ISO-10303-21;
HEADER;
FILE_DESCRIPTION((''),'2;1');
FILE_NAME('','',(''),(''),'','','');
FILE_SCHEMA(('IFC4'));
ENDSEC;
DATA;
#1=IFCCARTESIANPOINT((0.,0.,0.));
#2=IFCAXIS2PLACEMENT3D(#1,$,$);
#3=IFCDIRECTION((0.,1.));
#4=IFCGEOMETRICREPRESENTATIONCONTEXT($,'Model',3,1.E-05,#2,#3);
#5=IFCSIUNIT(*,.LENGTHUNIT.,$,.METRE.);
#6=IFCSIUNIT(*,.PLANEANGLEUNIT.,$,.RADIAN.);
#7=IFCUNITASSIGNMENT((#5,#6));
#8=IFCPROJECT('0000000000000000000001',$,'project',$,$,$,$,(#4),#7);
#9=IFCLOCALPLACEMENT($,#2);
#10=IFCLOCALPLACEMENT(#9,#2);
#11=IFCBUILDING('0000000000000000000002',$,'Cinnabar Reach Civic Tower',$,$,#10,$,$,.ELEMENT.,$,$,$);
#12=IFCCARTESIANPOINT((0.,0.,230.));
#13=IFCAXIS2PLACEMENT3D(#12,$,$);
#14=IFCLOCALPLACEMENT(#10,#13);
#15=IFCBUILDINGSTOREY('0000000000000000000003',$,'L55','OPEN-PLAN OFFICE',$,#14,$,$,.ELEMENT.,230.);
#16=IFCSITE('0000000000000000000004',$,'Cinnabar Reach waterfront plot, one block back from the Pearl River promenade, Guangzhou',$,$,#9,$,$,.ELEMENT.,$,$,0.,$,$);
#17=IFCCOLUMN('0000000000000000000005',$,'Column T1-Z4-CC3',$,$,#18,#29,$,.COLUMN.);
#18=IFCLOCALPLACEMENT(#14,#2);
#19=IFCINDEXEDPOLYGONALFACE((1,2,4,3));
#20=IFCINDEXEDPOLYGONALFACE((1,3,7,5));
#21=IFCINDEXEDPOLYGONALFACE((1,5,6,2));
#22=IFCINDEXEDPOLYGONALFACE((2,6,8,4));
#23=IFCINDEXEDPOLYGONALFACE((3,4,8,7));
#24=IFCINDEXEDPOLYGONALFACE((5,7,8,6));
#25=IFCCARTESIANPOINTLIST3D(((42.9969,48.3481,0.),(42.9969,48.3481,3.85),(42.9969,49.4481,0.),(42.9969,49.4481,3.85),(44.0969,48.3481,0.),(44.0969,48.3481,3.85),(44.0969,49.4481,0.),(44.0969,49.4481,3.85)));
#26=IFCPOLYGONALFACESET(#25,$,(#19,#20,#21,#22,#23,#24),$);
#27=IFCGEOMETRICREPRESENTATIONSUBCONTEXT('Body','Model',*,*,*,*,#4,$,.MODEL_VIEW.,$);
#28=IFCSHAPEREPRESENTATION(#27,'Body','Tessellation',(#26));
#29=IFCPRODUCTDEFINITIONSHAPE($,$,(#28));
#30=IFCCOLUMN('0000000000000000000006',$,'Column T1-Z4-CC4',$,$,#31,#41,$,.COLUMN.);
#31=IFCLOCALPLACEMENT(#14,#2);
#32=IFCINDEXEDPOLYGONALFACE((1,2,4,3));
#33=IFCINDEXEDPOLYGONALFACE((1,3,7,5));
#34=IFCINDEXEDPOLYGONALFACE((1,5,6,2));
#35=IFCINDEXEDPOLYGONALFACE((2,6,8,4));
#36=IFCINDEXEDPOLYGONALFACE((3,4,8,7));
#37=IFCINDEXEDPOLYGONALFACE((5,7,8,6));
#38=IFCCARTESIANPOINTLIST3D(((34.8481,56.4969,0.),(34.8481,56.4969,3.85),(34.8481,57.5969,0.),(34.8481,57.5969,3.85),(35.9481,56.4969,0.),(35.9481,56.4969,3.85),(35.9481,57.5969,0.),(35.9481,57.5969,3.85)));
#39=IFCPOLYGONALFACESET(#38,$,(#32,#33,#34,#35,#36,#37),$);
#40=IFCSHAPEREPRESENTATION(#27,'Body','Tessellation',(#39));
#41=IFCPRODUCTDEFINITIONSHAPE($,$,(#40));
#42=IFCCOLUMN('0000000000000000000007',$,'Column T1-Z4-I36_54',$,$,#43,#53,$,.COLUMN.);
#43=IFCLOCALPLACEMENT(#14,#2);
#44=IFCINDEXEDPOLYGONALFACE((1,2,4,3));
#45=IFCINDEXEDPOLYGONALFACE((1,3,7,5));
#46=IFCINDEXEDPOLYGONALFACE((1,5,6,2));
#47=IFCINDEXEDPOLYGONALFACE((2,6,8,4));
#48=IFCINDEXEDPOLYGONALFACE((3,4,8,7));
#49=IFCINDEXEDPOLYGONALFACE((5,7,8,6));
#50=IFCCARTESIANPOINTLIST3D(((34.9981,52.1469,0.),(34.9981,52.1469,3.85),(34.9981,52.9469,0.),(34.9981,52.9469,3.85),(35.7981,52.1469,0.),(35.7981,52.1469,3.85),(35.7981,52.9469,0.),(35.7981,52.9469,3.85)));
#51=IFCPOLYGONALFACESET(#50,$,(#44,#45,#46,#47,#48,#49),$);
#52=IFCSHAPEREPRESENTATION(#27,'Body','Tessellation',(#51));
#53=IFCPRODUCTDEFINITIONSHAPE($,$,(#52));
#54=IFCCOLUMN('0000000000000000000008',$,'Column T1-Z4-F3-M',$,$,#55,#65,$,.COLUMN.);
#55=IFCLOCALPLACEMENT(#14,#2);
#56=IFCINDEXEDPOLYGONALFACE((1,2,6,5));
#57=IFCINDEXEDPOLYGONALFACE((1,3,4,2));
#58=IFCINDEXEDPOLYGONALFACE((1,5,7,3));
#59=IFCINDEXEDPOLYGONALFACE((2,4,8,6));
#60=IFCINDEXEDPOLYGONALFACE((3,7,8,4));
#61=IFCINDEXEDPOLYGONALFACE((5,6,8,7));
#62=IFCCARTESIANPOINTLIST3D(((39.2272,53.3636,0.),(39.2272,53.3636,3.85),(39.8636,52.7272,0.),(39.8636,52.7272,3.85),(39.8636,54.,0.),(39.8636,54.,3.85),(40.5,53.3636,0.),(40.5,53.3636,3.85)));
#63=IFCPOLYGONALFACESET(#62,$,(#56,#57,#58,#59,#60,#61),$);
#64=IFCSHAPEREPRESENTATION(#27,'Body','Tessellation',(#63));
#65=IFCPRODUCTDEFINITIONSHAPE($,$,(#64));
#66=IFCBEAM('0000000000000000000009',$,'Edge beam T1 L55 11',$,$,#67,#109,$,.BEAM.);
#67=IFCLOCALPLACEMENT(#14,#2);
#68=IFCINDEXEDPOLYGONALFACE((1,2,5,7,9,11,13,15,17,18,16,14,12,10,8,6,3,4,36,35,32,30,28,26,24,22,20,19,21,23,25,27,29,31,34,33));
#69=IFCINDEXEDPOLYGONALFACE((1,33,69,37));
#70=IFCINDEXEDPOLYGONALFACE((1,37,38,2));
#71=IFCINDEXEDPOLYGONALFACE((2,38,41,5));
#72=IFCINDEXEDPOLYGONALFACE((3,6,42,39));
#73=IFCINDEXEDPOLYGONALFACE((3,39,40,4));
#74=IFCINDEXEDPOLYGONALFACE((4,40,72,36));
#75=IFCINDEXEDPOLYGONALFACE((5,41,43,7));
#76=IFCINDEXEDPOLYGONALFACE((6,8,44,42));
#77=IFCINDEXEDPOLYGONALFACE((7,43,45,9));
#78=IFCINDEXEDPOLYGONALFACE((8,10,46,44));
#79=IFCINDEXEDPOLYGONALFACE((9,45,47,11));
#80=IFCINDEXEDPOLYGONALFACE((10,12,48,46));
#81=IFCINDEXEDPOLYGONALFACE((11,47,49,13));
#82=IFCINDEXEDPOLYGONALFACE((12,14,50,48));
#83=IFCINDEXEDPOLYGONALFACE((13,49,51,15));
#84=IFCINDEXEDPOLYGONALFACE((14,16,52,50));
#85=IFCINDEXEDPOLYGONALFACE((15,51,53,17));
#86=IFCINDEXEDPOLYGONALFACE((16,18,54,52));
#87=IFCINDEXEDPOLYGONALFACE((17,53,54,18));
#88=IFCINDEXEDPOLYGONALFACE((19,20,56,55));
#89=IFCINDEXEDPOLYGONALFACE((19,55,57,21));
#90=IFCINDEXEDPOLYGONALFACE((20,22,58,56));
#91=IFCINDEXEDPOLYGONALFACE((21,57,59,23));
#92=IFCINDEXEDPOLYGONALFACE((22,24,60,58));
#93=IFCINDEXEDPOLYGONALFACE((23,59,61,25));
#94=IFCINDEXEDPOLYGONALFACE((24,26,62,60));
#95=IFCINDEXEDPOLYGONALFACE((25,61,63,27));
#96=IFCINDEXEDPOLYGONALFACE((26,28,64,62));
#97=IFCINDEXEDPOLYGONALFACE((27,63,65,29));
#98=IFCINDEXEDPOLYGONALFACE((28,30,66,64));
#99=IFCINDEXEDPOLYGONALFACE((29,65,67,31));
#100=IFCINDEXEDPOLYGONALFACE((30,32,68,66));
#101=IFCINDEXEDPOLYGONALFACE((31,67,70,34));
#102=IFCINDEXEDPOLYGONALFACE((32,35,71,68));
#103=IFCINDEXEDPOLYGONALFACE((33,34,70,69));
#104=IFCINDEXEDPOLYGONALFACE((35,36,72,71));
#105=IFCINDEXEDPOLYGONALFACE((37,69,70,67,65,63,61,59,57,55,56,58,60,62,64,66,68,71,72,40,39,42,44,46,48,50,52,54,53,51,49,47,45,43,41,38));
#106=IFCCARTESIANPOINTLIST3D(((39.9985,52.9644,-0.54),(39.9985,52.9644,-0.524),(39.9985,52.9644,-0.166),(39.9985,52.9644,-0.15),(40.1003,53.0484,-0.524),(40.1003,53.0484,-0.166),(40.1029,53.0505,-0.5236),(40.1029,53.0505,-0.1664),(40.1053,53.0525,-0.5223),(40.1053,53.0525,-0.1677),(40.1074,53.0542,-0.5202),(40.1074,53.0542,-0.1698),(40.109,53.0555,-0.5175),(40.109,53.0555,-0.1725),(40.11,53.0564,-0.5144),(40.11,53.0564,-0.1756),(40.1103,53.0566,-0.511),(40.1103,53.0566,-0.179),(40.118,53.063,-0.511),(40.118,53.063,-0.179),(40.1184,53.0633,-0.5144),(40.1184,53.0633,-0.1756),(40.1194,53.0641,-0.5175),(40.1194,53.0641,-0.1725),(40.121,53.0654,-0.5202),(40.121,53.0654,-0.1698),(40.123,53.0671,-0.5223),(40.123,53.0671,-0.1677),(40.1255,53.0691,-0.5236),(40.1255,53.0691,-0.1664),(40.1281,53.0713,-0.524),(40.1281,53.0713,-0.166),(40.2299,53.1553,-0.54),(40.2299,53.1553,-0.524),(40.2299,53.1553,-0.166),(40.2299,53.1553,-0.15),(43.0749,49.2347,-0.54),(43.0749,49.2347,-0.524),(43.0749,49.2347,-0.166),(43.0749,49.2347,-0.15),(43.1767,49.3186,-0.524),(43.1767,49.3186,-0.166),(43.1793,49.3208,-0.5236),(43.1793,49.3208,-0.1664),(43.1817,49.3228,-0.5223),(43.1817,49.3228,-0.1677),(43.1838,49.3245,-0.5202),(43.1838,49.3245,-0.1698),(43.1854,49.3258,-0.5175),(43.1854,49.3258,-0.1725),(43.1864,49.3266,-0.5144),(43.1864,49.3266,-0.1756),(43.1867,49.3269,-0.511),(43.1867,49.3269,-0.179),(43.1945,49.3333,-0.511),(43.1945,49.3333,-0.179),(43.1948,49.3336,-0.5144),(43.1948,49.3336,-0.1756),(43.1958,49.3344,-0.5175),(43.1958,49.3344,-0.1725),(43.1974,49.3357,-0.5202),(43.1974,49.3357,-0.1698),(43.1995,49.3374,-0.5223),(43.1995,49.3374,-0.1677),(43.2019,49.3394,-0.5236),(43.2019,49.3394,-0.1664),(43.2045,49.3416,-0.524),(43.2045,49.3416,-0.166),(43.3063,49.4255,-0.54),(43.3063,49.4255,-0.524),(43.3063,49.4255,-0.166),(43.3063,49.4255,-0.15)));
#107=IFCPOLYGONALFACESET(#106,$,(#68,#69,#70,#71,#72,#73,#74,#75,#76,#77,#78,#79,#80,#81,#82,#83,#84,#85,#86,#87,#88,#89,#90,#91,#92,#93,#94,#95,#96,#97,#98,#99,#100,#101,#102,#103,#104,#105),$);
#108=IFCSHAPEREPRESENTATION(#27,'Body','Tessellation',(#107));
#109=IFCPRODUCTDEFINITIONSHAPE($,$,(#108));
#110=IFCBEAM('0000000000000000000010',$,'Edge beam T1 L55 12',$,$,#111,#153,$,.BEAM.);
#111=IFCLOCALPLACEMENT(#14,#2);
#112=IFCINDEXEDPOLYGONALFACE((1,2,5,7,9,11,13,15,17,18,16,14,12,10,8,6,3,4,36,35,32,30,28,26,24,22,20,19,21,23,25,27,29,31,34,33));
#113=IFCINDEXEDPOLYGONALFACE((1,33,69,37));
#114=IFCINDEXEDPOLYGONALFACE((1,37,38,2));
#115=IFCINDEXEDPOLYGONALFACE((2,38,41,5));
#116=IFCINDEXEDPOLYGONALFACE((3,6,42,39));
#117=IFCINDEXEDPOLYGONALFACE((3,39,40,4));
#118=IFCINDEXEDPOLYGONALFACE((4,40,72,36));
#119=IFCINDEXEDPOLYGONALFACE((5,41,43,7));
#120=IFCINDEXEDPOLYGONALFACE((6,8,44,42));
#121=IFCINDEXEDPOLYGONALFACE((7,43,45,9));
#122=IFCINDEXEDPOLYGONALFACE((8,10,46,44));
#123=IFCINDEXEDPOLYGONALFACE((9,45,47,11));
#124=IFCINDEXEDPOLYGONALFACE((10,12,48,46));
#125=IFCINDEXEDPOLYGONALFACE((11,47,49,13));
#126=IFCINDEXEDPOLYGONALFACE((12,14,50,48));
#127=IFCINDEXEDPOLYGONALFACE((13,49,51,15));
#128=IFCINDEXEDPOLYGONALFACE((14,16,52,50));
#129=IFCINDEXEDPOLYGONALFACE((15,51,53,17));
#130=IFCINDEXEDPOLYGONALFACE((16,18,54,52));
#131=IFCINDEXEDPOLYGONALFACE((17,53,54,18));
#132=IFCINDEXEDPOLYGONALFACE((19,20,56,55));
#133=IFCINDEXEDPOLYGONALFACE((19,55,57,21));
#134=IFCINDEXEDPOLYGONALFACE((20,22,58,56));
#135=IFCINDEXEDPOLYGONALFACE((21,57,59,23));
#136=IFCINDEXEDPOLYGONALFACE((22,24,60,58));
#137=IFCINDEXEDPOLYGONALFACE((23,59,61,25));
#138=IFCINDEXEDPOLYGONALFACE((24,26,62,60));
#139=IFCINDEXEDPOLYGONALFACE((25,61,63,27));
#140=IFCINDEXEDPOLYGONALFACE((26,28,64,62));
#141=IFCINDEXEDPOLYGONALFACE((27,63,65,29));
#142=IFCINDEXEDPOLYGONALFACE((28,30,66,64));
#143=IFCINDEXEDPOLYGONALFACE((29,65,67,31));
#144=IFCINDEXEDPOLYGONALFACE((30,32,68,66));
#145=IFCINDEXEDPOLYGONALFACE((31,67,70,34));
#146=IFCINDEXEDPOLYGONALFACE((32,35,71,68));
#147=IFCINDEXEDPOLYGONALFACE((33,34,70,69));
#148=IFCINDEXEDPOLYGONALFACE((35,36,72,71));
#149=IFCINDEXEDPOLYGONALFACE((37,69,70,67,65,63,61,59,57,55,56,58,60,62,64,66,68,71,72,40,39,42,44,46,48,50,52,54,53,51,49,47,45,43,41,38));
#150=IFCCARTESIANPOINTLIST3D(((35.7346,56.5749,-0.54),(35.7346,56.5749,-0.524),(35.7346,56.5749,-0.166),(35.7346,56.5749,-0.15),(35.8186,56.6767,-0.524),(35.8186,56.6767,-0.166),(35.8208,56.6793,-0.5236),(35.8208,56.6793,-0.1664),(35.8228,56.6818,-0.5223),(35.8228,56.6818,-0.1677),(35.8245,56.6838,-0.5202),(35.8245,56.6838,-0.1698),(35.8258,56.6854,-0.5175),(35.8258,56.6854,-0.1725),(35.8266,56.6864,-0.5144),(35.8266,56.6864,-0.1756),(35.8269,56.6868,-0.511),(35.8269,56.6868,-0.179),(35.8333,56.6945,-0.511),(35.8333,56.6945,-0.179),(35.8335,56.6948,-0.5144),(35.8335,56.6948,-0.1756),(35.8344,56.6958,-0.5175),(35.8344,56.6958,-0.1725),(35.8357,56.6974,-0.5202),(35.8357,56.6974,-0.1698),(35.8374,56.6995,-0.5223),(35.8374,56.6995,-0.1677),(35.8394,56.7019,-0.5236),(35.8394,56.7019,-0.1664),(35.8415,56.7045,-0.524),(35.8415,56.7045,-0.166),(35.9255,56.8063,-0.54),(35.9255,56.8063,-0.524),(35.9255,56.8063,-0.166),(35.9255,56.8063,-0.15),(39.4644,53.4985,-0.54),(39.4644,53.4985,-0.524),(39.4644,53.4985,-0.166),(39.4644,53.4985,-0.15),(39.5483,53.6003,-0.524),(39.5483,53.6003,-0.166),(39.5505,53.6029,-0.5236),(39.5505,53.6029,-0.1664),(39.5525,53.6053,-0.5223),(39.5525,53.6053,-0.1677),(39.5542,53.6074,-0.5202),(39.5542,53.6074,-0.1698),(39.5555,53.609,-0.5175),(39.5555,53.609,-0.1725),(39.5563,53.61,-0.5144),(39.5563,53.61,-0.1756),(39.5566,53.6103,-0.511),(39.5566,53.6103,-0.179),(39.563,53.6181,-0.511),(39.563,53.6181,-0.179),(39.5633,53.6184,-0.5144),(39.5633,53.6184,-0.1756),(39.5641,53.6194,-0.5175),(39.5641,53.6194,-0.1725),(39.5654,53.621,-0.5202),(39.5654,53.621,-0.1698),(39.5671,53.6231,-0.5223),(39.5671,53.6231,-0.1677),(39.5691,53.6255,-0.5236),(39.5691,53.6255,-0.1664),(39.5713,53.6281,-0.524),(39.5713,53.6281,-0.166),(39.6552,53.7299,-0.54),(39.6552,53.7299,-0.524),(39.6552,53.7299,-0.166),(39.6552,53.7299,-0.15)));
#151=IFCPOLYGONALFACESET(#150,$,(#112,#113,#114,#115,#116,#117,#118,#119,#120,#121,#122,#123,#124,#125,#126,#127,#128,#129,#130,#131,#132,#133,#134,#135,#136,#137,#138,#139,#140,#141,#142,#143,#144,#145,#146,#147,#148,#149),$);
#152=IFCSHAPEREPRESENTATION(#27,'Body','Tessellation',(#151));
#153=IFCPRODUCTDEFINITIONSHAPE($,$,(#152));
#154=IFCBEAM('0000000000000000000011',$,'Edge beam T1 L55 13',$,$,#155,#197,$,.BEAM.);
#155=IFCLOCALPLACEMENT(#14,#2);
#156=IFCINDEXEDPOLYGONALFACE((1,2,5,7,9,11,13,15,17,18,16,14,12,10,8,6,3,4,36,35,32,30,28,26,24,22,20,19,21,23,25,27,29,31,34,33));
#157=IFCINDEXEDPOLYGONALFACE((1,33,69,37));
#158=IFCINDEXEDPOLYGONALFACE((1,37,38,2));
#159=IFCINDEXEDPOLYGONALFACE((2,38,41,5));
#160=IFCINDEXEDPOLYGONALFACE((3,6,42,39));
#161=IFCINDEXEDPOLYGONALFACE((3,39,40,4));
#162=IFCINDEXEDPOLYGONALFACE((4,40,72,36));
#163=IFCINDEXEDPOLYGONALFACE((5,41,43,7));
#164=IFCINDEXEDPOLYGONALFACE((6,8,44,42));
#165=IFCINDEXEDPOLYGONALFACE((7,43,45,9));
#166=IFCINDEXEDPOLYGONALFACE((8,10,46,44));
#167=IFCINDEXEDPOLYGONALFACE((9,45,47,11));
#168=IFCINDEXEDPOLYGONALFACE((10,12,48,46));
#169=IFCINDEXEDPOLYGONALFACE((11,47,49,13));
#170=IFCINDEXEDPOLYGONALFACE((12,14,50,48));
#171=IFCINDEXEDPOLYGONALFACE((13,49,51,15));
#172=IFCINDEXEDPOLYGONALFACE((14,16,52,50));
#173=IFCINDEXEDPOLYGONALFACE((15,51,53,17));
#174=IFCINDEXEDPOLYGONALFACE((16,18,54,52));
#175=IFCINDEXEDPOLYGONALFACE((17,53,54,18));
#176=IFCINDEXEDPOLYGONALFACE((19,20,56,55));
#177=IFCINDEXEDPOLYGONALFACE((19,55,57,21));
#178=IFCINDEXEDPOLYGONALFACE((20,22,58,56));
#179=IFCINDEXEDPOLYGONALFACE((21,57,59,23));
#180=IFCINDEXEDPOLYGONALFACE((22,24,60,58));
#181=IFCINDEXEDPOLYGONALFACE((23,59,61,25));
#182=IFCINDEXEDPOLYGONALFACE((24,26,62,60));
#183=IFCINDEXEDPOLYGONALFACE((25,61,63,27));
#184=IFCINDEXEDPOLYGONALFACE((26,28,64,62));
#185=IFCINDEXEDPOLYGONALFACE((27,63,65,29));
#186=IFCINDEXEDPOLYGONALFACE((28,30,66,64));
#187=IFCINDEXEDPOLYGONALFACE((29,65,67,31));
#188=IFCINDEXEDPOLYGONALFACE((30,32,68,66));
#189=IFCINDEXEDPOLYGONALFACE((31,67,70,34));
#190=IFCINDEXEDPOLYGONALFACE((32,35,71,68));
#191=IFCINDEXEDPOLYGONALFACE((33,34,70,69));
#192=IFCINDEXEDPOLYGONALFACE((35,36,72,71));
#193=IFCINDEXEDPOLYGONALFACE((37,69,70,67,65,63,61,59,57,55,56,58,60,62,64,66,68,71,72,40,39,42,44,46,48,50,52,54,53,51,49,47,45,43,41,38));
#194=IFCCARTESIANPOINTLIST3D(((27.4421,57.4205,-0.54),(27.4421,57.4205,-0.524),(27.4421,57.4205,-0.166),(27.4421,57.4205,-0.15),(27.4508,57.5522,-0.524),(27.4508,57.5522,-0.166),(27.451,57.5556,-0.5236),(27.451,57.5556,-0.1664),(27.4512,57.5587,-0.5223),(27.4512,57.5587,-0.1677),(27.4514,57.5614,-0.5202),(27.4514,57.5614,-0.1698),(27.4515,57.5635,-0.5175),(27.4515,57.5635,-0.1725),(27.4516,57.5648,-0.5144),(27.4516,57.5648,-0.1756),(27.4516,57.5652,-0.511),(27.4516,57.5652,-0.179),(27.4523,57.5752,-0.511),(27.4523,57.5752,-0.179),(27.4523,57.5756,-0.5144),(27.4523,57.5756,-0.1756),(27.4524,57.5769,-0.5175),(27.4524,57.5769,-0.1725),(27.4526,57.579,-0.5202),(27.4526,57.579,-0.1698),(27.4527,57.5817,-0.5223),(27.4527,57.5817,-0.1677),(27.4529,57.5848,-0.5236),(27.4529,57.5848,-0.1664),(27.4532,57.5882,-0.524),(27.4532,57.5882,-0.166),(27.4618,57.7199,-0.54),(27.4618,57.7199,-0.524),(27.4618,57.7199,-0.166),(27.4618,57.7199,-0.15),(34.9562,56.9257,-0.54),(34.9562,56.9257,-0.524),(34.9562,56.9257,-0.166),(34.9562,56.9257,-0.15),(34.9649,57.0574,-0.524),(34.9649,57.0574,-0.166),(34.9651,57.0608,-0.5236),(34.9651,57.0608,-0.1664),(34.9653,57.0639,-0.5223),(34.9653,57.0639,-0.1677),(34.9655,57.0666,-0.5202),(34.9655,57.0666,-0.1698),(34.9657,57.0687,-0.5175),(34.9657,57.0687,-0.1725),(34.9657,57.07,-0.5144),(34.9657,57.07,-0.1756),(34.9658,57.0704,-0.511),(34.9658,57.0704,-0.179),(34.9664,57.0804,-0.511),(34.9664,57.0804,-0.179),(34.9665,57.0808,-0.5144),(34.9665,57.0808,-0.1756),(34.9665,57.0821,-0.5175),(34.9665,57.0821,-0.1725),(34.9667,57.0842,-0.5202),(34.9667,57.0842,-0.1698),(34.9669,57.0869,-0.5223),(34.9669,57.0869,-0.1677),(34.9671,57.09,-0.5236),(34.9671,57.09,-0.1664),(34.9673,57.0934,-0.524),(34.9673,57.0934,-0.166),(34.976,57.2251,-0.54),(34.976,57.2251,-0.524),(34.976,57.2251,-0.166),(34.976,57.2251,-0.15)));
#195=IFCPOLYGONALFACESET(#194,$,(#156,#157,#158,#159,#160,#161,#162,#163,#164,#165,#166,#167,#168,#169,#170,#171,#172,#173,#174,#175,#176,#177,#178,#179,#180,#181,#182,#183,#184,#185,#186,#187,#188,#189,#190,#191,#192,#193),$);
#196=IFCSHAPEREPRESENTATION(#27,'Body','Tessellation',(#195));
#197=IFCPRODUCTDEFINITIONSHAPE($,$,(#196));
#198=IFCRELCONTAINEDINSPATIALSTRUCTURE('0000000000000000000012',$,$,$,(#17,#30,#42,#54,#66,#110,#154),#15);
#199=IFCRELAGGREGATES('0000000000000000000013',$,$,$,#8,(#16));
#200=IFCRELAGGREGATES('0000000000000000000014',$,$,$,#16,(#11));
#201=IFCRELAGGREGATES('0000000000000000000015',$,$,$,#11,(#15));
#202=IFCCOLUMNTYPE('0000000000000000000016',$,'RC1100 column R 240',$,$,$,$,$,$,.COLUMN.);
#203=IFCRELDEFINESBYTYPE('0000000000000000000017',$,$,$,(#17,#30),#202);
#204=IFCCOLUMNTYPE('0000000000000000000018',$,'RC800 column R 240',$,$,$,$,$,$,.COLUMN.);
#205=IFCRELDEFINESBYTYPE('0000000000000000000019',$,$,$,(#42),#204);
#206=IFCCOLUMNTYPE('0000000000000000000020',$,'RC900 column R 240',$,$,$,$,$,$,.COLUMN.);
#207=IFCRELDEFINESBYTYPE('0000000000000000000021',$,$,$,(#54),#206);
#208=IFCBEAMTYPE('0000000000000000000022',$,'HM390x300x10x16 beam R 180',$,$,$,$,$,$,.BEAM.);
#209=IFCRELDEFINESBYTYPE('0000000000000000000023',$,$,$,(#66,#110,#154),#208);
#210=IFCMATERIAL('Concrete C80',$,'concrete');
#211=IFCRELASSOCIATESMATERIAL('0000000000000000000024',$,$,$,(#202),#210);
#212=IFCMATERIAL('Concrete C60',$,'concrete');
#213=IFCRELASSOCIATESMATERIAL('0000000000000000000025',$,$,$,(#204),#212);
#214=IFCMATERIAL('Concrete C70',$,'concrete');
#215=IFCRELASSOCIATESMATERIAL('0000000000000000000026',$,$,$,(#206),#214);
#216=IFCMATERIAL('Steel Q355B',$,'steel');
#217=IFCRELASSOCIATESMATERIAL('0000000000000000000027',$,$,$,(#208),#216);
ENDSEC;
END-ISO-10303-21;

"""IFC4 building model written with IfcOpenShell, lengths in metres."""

from ifc_helpers import new_model, si_unit, direction, frame, origin, origin_2d, place, context, subcontext, project, spatial, rectangle, i_section, extrude, material, material_profile, profile_set, type_object, element, save


model = new_model("IFC4")

# Units and contexts
model_context = context("Model", 3, precision=1e-05, world=origin(), true_north=direction((0.0, 1.0)))
body_context = subcontext(model_context, "Body", "Model", "MODEL_VIEW")
ifc_project = project(units=[si_unit("LENGTHUNIT", "METRE"), si_unit("PLANEANGLEUNIT", "RADIAN")], contexts=[model_context])

# Site, building, storey
site_placement = place(None, origin())
site = spatial("IfcSite", under=ifc_project, at=site_placement, Name="Cinnabar Reach waterfront plot, one block back from the Pearl River promenade, Guangzhou", CompositionType="ELEMENT", RefElevation=0.0)
building_placement = place(site_placement, origin())
building = spatial("IfcBuilding", under=site, at=building_placement, Name="Cinnabar Reach Civic Tower", CompositionType="ELEMENT")
storey_placement = place(building_placement, frame((0.0, 0.0, 230.0)))
storey = spatial("IfcBuildingStorey", under=building, at=storey_placement, Name="L55", Description="OPEN-PLAN OFFICE", CompositionType="ELEMENT", Elevation=230.0)

# Columns
ifc_material_1 = material(Name="Concrete C80", Category="concrete")
ifc_material_profile_1 = material_profile(ifc_material_1, rectangle(XDim=1.1, YDim=1.1, at=origin_2d()), Name="RC1100")
ifc_profile_set_1 = profile_set([ifc_material_profile_1], Name="Concrete C80")
column_type_1 = type_object("IfcColumnType", Name="RC1100 column R 240", PredefinedType="COLUMN", material=ifc_profile_set_1)
for number, where, z_axis, x_axis, name in (
    (1, (43.5469, 48.8981, 0.0), (0.0, 0.0, 1.0), (1.0, 0.0, 0.0), "Column T1-Z4-CC3"),
    (2, (35.3981, 57.0469, 0.0), (0.0, 0.0, 1.0), (1.0, 0.0, 0.0), "Column T1-Z4-CC4"),
):
    element("IfcColumn", number, at=place(storey_placement, frame(where, z_axis=z_axis, x_axis=x_axis)), inside=storey, type_object=column_type_1, Name=name, PredefinedType="COLUMN", context=body_context, shape_type="SweptSolid", body=[
        extrude(rectangle(XDim=1.1, YDim=1.1, at=origin_2d()), origin(), (0.0, 0.0, 1.0), 3.85),
    ])
ifc_material_2 = material(Name="Concrete C60", Category="concrete")
ifc_material_profile_2 = material_profile(ifc_material_2, rectangle(XDim=0.8, YDim=0.8, at=origin_2d()), Name="RC800")
ifc_profile_set_2 = profile_set([ifc_material_profile_2], Name="Concrete C60")
column_type_2 = type_object("IfcColumnType", Name="RC800 column R 240", PredefinedType="COLUMN", material=ifc_profile_set_2)
column_1_placement = place(storey_placement, frame((35.3981, 52.5469, 0.0), z_axis=(0.0, 0.0, 1.0), x_axis=(1.0, 0.0, 0.0)))
element("IfcColumn", 3, at=column_1_placement, inside=storey, type_object=column_type_2, Name="Column T1-Z4-I36_54", PredefinedType="COLUMN", context=body_context, shape_type="SweptSolid", body=[
    extrude(rectangle(XDim=0.8, YDim=0.8, at=origin_2d()), origin(), (0.0, 0.0, 1.0), 3.85),
])
ifc_material_3 = material(Name="Concrete C70", Category="concrete")
ifc_material_profile_3 = material_profile(ifc_material_3, rectangle(XDim=0.9, YDim=0.9, at=origin_2d()), Name="RC900")
ifc_profile_set_3 = profile_set([ifc_material_profile_3], Name="Concrete C70")
column_type_3 = type_object("IfcColumnType", Name="RC900 column R 240", PredefinedType="COLUMN", material=ifc_profile_set_3)
column_2_placement = place(storey_placement, frame((39.8636, 53.3636, 0.0), z_axis=(0.0, 0.0, 1.0), x_axis=(0.707107, 0.707107, 0.0)))
element("IfcColumn", 4, at=column_2_placement, inside=storey, type_object=column_type_3, Name="Column T1-Z4-F3-M", PredefinedType="COLUMN", context=body_context, shape_type="SweptSolid", body=[
    extrude(rectangle(XDim=0.9, YDim=0.9, at=origin_2d()), origin(), (0.0, 0.0, 1.0), 3.85),
])

# Beams
ifc_material_4 = material(Name="Steel Q355B", Category="steel")
ifc_material_profile_4 = material_profile(ifc_material_4, i_section(OverallWidth=0.3, OverallDepth=0.39, WebThickness=0.01, FlangeThickness=0.016, FilletRadius=0.013, at=origin_2d()), Name="HM390x300x10x16")
ifc_profile_set_4 = profile_set([ifc_material_profile_4], Name="Steel Q355B")
beam_type_1 = type_object("IfcBeamType", Name="HM390x300x10x16 beam R 180", PredefinedType="BEAM", material=ifc_profile_set_4)
for number, where, z_axis, x_axis, name in (
    (5, (43.1906, 49.3301, -0.345), (-0.636309, 0.771434, 0.0), (-0.771434, -0.636309, 0.0), "Edge beam T1 L55 11"),
    (6, (39.5598, 53.6142, -0.345), (-0.771434, 0.636309, 0.0), (-0.636309, -0.771434, 0.0), "Edge beam T1 L55 12"),
):
    element("IfcBeam", number, at=place(storey_placement, frame(where, z_axis=z_axis, x_axis=x_axis)), inside=storey, type_object=beam_type_1, Name=name, PredefinedType="BEAM", context=body_context, shape_type="SweptSolid", body=[
        extrude(i_section(OverallWidth=0.3, OverallDepth=0.39, WebThickness=0.01, FlangeThickness=0.016, FilletRadius=0.013, at=origin_2d()), origin(), (0.0, 0.0, 1.0), 4.8348),
    ])
beam_1_placement = place(storey_placement, frame((34.9661, 57.0754, -0.345), z_axis=(-0.997839, 0.065707, 0.0), x_axis=(-0.065707, -0.997839, 0.0)))
element("IfcBeam", 7, at=beam_1_placement, inside=storey, type_object=beam_type_1, Name="Edge beam T1 L55 13", PredefinedType="BEAM", context=body_context, shape_type="SweptSolid", body=[
    extrude(i_section(OverallWidth=0.3, OverallDepth=0.39, WebThickness=0.01, FlangeThickness=0.016, FilletRadius=0.013, at=origin_2d()), origin(), (0.0, 0.0, 1.0), 7.5304),
])

save(model, "model.ifc")
